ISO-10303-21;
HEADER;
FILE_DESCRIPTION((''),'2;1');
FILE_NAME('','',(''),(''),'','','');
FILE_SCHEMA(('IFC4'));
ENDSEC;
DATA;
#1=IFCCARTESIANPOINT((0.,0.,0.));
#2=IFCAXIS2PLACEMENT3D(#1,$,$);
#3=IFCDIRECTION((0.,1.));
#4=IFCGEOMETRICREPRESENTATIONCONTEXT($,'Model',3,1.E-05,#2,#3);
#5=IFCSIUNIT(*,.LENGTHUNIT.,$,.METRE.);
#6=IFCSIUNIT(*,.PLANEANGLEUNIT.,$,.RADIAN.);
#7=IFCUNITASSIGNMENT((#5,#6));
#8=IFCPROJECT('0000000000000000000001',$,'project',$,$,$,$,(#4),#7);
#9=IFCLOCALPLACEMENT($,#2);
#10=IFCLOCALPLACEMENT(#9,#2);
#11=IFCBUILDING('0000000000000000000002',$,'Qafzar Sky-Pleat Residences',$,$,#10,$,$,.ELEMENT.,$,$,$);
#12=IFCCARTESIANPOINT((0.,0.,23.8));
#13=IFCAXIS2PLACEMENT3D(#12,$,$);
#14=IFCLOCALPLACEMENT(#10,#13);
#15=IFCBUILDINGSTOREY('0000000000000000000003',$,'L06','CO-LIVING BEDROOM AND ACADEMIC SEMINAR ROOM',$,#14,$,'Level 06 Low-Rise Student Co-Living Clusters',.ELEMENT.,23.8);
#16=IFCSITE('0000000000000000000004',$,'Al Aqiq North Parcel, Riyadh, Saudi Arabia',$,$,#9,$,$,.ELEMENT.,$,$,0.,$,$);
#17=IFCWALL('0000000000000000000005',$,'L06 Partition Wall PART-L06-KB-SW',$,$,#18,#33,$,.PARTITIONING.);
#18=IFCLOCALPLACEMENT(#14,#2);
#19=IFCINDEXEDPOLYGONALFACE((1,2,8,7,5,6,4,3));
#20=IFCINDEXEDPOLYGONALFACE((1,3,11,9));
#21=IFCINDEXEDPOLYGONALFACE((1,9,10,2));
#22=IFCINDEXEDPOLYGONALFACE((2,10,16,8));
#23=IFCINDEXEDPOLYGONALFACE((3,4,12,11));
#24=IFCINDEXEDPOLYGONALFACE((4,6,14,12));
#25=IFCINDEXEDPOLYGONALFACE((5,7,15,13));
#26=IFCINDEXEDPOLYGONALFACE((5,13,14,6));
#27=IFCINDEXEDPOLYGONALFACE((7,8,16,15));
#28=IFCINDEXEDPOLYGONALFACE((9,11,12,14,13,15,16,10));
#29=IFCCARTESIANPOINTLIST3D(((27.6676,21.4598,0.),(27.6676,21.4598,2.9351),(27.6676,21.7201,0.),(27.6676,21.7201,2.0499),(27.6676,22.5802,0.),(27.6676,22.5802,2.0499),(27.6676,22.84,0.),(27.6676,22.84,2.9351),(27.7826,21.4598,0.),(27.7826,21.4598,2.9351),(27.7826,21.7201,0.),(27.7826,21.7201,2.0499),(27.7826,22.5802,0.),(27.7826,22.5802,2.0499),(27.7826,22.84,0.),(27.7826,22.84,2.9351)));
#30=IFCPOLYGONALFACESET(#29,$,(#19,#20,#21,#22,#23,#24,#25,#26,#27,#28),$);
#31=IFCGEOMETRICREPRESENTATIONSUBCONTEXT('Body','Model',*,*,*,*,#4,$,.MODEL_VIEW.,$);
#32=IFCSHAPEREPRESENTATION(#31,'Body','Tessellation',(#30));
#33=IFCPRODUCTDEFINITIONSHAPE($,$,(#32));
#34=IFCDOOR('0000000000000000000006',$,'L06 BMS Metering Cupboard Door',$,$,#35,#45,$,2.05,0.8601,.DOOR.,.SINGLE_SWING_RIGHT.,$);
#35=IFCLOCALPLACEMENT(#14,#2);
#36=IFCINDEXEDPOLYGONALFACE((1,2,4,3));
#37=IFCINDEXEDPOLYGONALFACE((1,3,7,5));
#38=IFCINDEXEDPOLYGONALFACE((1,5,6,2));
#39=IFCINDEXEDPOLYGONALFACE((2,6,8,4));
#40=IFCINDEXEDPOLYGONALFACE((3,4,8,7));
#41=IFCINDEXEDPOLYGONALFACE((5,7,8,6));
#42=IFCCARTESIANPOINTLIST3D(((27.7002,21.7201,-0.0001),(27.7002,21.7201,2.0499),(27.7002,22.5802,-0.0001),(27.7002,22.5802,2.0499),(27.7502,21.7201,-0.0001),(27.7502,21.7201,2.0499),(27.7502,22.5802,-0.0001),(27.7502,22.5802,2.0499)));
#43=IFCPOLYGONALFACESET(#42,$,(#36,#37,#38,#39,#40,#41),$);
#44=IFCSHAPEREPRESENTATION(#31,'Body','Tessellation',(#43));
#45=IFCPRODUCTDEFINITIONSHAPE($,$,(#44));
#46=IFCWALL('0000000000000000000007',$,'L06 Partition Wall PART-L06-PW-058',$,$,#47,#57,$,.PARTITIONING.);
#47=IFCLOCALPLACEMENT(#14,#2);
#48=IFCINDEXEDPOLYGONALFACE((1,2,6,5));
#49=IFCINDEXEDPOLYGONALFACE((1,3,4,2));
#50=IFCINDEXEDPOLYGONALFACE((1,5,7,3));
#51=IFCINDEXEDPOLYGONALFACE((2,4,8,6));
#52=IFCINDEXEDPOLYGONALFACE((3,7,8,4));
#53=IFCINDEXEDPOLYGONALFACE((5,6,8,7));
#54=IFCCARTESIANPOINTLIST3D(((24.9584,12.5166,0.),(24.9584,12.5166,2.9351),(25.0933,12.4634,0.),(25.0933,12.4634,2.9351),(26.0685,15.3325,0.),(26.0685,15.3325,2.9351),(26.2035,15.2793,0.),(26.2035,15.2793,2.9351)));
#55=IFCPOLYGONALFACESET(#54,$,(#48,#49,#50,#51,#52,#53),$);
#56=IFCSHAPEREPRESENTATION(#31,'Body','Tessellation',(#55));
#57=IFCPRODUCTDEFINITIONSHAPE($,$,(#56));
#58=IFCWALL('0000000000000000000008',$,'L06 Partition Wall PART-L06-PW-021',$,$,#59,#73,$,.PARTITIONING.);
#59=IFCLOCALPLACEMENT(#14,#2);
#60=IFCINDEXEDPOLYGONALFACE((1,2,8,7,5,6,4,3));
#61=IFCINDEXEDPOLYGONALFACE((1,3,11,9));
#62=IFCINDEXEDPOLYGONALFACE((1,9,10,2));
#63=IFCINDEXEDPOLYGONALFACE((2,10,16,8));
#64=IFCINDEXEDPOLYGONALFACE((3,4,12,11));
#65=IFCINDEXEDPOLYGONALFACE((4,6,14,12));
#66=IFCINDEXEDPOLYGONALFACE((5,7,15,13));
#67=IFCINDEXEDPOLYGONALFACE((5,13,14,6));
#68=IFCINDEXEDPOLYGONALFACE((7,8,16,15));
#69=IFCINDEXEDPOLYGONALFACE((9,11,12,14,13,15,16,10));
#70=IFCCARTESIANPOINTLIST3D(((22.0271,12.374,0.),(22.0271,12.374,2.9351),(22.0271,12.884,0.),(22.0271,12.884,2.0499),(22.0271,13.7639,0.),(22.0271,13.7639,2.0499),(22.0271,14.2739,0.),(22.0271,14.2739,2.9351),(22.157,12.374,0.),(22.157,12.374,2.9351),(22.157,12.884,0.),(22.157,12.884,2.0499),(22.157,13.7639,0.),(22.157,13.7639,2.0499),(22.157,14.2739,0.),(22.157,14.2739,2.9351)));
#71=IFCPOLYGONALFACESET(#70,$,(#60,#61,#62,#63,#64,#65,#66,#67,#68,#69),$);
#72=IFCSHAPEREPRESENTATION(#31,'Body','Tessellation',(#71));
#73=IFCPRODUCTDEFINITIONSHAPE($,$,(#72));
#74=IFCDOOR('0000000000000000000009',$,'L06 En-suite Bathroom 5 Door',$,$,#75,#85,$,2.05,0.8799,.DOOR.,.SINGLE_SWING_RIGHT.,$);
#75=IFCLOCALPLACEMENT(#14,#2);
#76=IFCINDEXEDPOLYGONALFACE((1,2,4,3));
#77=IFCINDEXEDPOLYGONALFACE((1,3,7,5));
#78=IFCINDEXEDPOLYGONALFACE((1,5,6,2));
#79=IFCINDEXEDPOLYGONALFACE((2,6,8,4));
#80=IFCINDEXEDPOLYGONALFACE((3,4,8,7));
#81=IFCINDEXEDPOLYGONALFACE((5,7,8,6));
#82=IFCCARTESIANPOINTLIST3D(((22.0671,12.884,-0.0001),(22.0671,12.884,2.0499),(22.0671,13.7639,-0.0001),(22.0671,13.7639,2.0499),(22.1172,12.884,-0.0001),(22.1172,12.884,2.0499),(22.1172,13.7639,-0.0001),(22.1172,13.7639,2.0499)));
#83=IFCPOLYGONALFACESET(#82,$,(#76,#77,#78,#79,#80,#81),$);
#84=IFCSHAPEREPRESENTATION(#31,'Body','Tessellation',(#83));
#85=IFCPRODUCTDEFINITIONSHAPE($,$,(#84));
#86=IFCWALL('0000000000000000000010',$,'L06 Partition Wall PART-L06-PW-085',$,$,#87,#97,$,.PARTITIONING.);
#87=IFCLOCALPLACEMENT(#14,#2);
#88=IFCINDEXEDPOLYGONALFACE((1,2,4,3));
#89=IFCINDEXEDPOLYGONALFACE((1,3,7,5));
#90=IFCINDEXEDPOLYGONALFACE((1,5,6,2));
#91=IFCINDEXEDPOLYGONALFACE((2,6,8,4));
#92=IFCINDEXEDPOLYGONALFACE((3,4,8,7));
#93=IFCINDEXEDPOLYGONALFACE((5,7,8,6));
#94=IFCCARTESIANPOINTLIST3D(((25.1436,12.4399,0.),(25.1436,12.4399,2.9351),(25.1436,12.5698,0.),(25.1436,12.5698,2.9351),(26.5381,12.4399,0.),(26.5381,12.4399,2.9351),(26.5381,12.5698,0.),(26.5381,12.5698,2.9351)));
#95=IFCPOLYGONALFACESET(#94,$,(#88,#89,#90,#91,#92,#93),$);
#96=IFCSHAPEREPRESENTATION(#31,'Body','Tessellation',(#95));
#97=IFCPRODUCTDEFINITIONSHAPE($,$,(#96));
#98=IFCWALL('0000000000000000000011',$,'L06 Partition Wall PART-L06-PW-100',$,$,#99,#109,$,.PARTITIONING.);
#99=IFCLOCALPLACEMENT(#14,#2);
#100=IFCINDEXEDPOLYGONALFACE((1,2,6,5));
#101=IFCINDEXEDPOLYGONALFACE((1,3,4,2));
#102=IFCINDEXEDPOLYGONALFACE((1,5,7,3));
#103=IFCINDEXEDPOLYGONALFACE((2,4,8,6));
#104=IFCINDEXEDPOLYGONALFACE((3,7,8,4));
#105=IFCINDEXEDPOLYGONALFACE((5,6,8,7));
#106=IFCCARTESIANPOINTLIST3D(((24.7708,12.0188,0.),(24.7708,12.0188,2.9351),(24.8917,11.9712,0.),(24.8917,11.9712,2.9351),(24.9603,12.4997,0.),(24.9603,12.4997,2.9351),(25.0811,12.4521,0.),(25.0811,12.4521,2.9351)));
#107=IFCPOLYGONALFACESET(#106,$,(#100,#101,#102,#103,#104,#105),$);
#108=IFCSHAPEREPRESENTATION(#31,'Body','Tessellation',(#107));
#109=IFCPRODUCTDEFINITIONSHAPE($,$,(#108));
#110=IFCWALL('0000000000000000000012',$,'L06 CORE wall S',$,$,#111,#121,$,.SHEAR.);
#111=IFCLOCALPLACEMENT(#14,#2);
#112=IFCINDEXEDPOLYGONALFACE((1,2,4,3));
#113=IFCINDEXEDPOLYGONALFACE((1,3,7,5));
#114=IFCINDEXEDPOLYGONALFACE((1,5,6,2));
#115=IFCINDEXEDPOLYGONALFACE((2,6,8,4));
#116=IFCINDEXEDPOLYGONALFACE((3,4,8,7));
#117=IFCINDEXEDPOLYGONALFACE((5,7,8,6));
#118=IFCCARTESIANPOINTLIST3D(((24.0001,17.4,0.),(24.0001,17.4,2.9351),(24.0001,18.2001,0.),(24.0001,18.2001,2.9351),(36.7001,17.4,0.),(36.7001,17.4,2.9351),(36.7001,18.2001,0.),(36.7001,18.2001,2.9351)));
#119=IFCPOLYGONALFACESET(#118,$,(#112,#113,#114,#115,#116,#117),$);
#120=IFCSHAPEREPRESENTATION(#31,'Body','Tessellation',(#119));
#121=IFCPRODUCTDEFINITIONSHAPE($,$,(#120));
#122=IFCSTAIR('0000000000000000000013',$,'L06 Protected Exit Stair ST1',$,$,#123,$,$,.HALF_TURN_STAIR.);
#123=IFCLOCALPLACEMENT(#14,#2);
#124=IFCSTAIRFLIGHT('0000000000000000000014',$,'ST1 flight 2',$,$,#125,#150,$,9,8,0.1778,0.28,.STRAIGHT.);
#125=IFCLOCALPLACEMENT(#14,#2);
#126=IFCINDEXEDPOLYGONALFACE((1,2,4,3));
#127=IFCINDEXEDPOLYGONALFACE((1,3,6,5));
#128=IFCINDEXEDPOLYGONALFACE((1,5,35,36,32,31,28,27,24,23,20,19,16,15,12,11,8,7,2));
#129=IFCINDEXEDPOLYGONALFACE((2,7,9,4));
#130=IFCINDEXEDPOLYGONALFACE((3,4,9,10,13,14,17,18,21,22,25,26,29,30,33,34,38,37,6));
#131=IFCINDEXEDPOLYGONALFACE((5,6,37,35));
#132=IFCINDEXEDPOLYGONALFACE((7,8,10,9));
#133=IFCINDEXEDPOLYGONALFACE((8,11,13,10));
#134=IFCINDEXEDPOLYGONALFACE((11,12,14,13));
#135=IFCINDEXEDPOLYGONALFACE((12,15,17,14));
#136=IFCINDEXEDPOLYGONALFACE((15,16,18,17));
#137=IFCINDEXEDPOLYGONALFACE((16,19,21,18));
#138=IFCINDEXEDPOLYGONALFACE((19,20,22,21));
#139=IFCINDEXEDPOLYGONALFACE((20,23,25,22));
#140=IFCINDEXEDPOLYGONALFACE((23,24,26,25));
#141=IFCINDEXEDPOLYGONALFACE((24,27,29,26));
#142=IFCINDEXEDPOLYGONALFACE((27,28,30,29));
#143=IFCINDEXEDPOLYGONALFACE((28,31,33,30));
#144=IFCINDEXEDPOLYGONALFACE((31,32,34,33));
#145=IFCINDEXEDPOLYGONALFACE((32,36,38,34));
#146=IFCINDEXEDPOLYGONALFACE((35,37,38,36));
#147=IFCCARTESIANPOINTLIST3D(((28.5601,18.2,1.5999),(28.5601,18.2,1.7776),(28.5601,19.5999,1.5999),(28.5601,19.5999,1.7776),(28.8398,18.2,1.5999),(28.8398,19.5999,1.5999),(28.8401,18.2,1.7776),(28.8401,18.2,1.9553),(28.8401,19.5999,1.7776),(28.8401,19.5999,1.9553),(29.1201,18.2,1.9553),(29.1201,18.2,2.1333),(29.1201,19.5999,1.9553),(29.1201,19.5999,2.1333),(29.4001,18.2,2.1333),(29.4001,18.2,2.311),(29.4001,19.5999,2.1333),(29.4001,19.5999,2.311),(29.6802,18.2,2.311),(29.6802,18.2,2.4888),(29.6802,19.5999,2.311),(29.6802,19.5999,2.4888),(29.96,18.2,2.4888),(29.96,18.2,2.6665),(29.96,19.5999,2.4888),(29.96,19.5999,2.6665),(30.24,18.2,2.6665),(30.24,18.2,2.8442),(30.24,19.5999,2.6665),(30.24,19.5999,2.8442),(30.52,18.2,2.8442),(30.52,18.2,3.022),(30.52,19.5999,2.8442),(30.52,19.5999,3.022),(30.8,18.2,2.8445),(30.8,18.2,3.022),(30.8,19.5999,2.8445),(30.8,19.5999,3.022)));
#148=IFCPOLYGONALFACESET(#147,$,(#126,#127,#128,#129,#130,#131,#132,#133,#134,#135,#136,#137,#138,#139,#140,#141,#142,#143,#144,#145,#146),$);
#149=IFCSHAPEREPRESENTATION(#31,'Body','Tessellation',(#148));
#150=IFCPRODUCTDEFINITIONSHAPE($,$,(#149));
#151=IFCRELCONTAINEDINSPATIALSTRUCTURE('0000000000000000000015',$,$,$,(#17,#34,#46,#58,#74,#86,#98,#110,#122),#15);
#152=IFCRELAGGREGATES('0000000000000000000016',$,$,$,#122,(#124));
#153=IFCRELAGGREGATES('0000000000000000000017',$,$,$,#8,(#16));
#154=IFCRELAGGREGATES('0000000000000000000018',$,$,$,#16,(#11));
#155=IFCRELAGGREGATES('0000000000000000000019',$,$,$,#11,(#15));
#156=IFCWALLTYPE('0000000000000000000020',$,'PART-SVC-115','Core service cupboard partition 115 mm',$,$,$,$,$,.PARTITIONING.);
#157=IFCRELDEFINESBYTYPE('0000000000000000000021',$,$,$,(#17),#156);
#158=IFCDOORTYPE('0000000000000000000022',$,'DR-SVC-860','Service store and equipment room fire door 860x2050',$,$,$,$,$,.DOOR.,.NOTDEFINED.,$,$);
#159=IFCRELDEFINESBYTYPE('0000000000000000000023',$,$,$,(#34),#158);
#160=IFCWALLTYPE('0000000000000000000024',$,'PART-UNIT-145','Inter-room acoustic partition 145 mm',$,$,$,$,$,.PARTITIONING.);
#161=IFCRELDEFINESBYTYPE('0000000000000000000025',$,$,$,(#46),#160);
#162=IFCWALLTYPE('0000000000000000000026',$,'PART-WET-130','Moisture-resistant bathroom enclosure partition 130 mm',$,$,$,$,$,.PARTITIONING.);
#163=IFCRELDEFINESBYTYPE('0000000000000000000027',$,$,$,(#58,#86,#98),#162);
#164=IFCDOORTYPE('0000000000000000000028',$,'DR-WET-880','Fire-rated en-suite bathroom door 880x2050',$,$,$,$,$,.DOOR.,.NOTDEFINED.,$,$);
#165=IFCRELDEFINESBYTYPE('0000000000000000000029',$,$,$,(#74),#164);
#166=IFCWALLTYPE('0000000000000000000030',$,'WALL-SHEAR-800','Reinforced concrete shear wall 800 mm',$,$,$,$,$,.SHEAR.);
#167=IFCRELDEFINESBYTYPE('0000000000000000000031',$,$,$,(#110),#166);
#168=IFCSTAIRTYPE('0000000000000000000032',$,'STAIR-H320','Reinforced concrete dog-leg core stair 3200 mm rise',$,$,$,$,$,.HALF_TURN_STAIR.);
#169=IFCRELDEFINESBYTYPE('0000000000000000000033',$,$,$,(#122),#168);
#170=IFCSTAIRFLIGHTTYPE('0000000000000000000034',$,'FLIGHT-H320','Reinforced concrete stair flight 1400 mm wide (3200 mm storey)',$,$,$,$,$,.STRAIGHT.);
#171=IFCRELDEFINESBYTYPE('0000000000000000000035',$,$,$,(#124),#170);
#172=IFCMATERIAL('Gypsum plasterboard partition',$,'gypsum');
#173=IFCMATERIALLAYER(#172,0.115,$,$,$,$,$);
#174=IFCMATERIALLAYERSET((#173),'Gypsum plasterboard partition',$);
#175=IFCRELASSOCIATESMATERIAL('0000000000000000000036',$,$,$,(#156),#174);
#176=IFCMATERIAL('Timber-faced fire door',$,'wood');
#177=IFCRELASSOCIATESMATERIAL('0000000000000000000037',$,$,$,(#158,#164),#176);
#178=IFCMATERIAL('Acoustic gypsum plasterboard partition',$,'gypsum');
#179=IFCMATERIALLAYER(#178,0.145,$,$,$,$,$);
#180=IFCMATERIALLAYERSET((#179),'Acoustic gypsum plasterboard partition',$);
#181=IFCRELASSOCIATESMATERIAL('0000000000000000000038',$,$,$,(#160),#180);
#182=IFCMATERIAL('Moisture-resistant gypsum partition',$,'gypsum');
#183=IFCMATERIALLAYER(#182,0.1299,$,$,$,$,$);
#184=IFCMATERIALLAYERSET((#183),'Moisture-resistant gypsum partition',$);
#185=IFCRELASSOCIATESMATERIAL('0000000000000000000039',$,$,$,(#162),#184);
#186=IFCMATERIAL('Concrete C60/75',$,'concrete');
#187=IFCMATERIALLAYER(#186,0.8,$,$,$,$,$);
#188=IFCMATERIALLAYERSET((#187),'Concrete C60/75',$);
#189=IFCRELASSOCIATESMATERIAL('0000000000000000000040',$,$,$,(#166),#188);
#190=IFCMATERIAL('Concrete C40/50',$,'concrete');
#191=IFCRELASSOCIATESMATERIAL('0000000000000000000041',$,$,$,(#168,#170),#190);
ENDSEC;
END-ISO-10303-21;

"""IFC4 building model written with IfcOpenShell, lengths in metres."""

from ifc_helpers import new_model, si_unit, direction, frame, frame_2d, origin, place, context, subcontext, project, spatial, polyline, rectangle, outline, extrude, source, transform, mapped, material, layer, layer_set, type_object, element, fill, aggregate, save


model = new_model("IFC4")

# Units and contexts
model_context = context("Model", 3, precision=1e-05, world=origin(), true_north=direction((0.0, 1.0)))
body_context = subcontext(model_context, "Body", "Model", "MODEL_VIEW")
ifc_project = project(units=[si_unit("LENGTHUNIT", "METRE"), si_unit("PLANEANGLEUNIT", "RADIAN")], contexts=[model_context])

# Site, building, storey
site_placement = place(None, origin())
site = spatial("IfcSite", under=ifc_project, at=site_placement, Name="Al Aqiq North Parcel, Riyadh, Saudi Arabia", CompositionType="ELEMENT", RefElevation=0.0)
building_placement = place(site_placement, origin())
building = spatial("IfcBuilding", under=site, at=building_placement, Name="Qafzar Sky-Pleat Residences", CompositionType="ELEMENT")
storey_placement = place(building_placement, frame((0.0, 0.0, 23.8)))
storey = spatial("IfcBuildingStorey", under=building, at=storey_placement, Name="L06", Description="CO-LIVING BEDROOM AND ACADEMIC SEMINAR ROOM", LongName="Level 06 Low-Rise Student Co-Living Clusters", CompositionType="ELEMENT", Elevation=23.8)

# Shared definitions
ifc_material_1 = material(Name="Acoustic gypsum plasterboard partition", Category="gypsum")
ifc_material_2 = material(Name="Timber-faced fire door", Category="wood")

# Wall, opening, door
ifc_material_3 = material(Name="Gypsum plasterboard partition", Category="gypsum")
ifc_layer_1 = layer(ifc_material_3, 0.115)
ifc_layer_set_1 = layer_set([ifc_layer_1], Name="Gypsum plasterboard partition")
wall_type_1 = type_object("IfcWallType", Name="PART-SVC-115", Description="Core service cupboard partition 115 mm", PredefinedType="PARTITIONING", material=ifc_layer_set_1)
wall_1_placement = place(storey_placement, frame((27.7251, 21.46, 0.0), z_axis=(0.0, 0.0, 1.0), x_axis=(0.0, 1.0, 0.0)))
wall_1 = element("IfcWall", 1, at=wall_1_placement, inside=storey, type_object=wall_type_1, Name="L06 Partition Wall PART-L06-KB-SW", PredefinedType="PARTITIONING", context=body_context, shape_type="SweptSolid", body=[
    extrude(rectangle(XDim=1.3801, YDim=0.115, at=frame_2d((0.6899, 0.0))), origin(), (0.0, 0.0, 1.0), 2.9351),
])
opening_1_placement = place(wall_1_placement, frame((0.26, 0.0, 0.0)))
opening_1 = element("IfcOpeningElement", 2, at=opening_1_placement, cuts=wall_1, PredefinedType="OPENING", context=body_context, shape_type="SweptSolid", body=[
    extrude(rectangle(XDim=0.8601, YDim=2.05, at=frame_2d((0.4302, 1.0249))), frame((0.0, 0.0674, 0.0), z_axis=(0.0, -1.0, 0.0), x_axis=(1.0, 0.0, 0.0)), (0.0, 0.0, 1.0), 0.135),
])
door_type_1 = type_object("IfcDoorType", Name="DR-SVC-860", Description="Service store and equipment room fire door 860x2050", OperationType="NOTDEFINED", PredefinedType="DOOR", material=ifc_material_2)
shared_shape_1 = source(origin(), body_context, "Body", "SweptSolid", [
    extrude(rectangle(XDim=0.8601, YDim=2.05, at=frame_2d((0.4302, 1.0249))), frame((0.0, 0.0249, 0.0), z_axis=(0.0, -1.0, 0.0), x_axis=(1.0, 0.0, 0.0)), (0.0, 0.0, 1.0), 0.05),
])
door_1_placement = place(opening_1_placement, origin())
door_1 = element("IfcDoor", 3, at=door_1_placement, inside=storey, type_object=door_type_1, Name="L06 BMS Metering Cupboard Door", OperationType="SINGLE_SWING_RIGHT", OverallHeight=2.05, OverallWidth=0.8601, PredefinedType="DOOR", context=body_context, shape_type="MappedRepresentation", body=[
    mapped(shared_shape_1, transform((0.0, 0.0, 0.0), x_axis=(1.0, 0.0, 0.0), y_axis=(0.0, 1.0, 0.0), z_axis=(0.0, 0.0, 1.0), scale=1.0)),
])
fill(opening_1, door_1)

# Wall
ifc_layer_2 = layer(ifc_material_1, 0.145)
ifc_layer_set_2 = layer_set([ifc_layer_2], Name="Acoustic gypsum plasterboard partition")
wall_type_2 = type_object("IfcWallType", Name="PART-UNIT-145", Description="Inter-room acoustic partition 145 mm", PredefinedType="PARTITIONING", material=ifc_layer_set_2)
wall_2_placement = place(storey_placement, frame((25.0259, 12.49, 0.0), z_axis=(0.0, 0.0, 1.0), x_axis=(0.366755, 0.930318, 0.0)))
element("IfcWall", 4, at=wall_2_placement, inside=storey, type_object=wall_type_2, Name="L06 Partition Wall PART-L06-PW-058", PredefinedType="PARTITIONING", context=body_context, shape_type="SweptSolid", body=[
    extrude(rectangle(XDim=3.0269, YDim=0.145, at=frame_2d((1.5134, 0.0))), origin(), (0.0, 0.0, 1.0), 2.9351),
])

# Wall, opening, door
ifc_material_4 = material(Name="Moisture-resistant gypsum partition", Category="gypsum")
ifc_layer_3 = layer(ifc_material_4, 0.1299)
ifc_layer_set_3 = layer_set([ifc_layer_3], Name="Moisture-resistant gypsum partition")
wall_type_3 = type_object("IfcWallType", Name="PART-WET-130", Description="Moisture-resistant bathroom enclosure partition 130 mm", PredefinedType="PARTITIONING", material=ifc_layer_set_3)
wall_3_placement = place(storey_placement, frame((22.092, 12.374, 0.0), z_axis=(0.0, 0.0, 1.0), x_axis=(0.0, 1.0, 0.0)))
wall_3 = element("IfcWall", 5, at=wall_3_placement, inside=storey, type_object=wall_type_3, Name="L06 Partition Wall PART-L06-PW-021", PredefinedType="PARTITIONING", context=body_context, shape_type="SweptSolid", body=[
    extrude(rectangle(XDim=1.8999, YDim=0.1299, at=frame_2d((0.95, 0.0))), origin(), (0.0, 0.0, 1.0), 2.9351),
])
opening_2_placement = place(wall_3_placement, frame((0.51, 0.0, 0.0)))
opening_2 = element("IfcOpeningElement", 6, at=opening_2_placement, cuts=wall_3, PredefinedType="OPENING", context=body_context, shape_type="SweptSolid", body=[
    extrude(rectangle(XDim=0.8799, YDim=2.05, at=frame_2d((0.4399, 1.0249))), frame((0.0, 0.075, 0.0), z_axis=(0.0, -1.0, 0.0), x_axis=(1.0, 0.0, 0.0)), (0.0, 0.0, 1.0), 0.1499),
])
door_type_2 = type_object("IfcDoorType", Name="DR-WET-880", Description="Fire-rated en-suite bathroom door 880x2050", OperationType="NOTDEFINED", PredefinedType="DOOR", material=ifc_material_2)
shared_shape_2 = source(origin(), body_context, "Body", "SweptSolid", [
    extrude(rectangle(XDim=0.8799, YDim=2.05, at=frame_2d((0.4399, 1.0249))), frame((0.0, 0.0249, 0.0), z_axis=(0.0, -1.0, 0.0), x_axis=(1.0, 0.0, 0.0)), (0.0, 0.0, 1.0), 0.05),
])
door_2_placement = place(opening_2_placement, origin())
door_2 = element("IfcDoor", 7, at=door_2_placement, inside=storey, type_object=door_type_2, Name="L06 En-suite Bathroom 5 Door", OperationType="SINGLE_SWING_RIGHT", OverallHeight=2.05, OverallWidth=0.8799, PredefinedType="DOOR", context=body_context, shape_type="MappedRepresentation", body=[
    mapped(shared_shape_2, transform((0.0, 0.0, 0.0), x_axis=(1.0, 0.0, 0.0), y_axis=(0.0, 1.0, 0.0), z_axis=(0.0, 0.0, 1.0), scale=1.0)),
])
fill(opening_2, door_2)

# Walls
wall_4_placement = place(storey_placement, frame((25.1436, 12.5049, 0.0), z_axis=(0.0, 0.0, 1.0), x_axis=(1.0, 0.0, 0.0)))
element("IfcWall", 8, at=wall_4_placement, inside=storey, type_object=wall_type_3, Name="L06 Partition Wall PART-L06-PW-085", PredefinedType="PARTITIONING", context=body_context, shape_type="SweptSolid", body=[
    extrude(rectangle(XDim=1.3945, YDim=0.1299, at=frame_2d((0.6973, 0.0))), origin(), (0.0, 0.0, 1.0), 2.9351),
])
wall_5_placement = place(storey_placement, frame((24.8313, 11.9951, 0.0), z_axis=(0.0, 0.0, 1.0), x_axis=(0.3665, 0.930418, 0.0)))
element("IfcWall", 9, at=wall_5_placement, inside=storey, type_object=wall_type_3, Name="L06 Partition Wall PART-L06-PW-100", PredefinedType="PARTITIONING", context=body_context, shape_type="SweptSolid", body=[
    extrude(rectangle(XDim=0.5168, YDim=0.1299, at=frame_2d((0.2583, 0.0))), origin(), (0.0, 0.0, 1.0), 2.9351),
])

# Shared definitions
ifc_material_5 = material(Name="Concrete C60/75", Category="concrete")

# Wall
ifc_layer_4 = layer(ifc_material_5, 0.8)
ifc_layer_set_4 = layer_set([ifc_layer_4], Name="Concrete C60/75")
wall_type_4 = type_object("IfcWallType", Name="WALL-SHEAR-800", Description="Reinforced concrete shear wall 800 mm", PredefinedType="SHEAR", material=ifc_layer_set_4)
wall_6_placement = place(storey_placement, frame((24.0, 17.8, 0.0), z_axis=(0.0, 0.0, 1.0), x_axis=(1.0, 0.0, 0.0)))
element("IfcWall", 10, at=wall_6_placement, inside=storey, type_object=wall_type_4, Name="L06 CORE wall S", PredefinedType="SHEAR", context=body_context, shape_type="SweptSolid", body=[
    extrude(rectangle(XDim=12.7, YDim=0.8, at=frame_2d((6.3501, 0.0))), origin(), (0.0, 0.0, 1.0), 2.9351),
])

# Stair, stair flight
ifc_material_6 = material(Name="Concrete C40/50", Category="concrete")
stair_type = type_object("IfcStairType", Name="STAIR-H320", Description="Reinforced concrete dog-leg core stair 3200 mm rise", PredefinedType="HALF_TURN_STAIR", material=ifc_material_6)
stair_placement = place(storey_placement, origin())
stair = element("IfcStair", 11, at=stair_placement, inside=storey, type_object=stair_type, Name="L06 Protected Exit Stair ST1", PredefinedType="HALF_TURN_STAIR")
stair_flight_type = type_object("IfcStairFlightType", Name="FLIGHT-H320", Description="Reinforced concrete stair flight 1400 mm wide (3200 mm storey)", PredefinedType="STRAIGHT", material=ifc_material_6)
shared_shape_3 = source(origin(), body_context, "Body", "SweptSolid", [
    extrude(outline(polyline([(0.0, 0.0), (0.0, 0.1777), (0.28, 0.1777), (0.28, 0.3555), (0.5601, 0.3555), (0.5601, 0.5334), (0.8401, 0.5334), (0.8401, 0.7112), (1.1201, 0.7112), (1.1201, 0.8889), (1.3999, 0.8889), (1.3999, 1.0667), (1.6799, 1.0667), (1.6799, 1.2444), (1.96, 1.2444), (1.96, 1.4221), (2.24, 1.4221), (2.24, 1.6001), (2.24, 1.2446), (0.2798, 0.0), (0.0, 0.0)])), frame((0.0, 0.7, 0.0), z_axis=(0.0, -1.0, 0.0), x_axis=(1.0, 0.0, 0.0)), (0.0, 0.0, 1.0), 1.3999),
])
stair_flight_placement = place(storey_placement, frame((28.5601, 18.8999, 1.5999), z_axis=(0.0, 0.0, 1.0), x_axis=(1.0, 0.0, 0.0)))
stair_flight = element("IfcStairFlight", 12, at=stair_flight_placement, type_object=stair_flight_type, Name="ST1 flight 2", NumberOfRisers=9, NumberOfTreads=8, PredefinedType="STRAIGHT", RiserHeight=0.1778, TreadLength=0.28, context=body_context, shape_type="MappedRepresentation", body=[
    mapped(shared_shape_3, transform((0.0, 0.0, 0.0), x_axis=(1.0, 0.0, 0.0), y_axis=(0.0, 1.0, 0.0), z_axis=(0.0, 0.0, 1.0), scale=1.0)),
])
aggregate(stair, [stair_flight])

save(model, "model.ifc")
